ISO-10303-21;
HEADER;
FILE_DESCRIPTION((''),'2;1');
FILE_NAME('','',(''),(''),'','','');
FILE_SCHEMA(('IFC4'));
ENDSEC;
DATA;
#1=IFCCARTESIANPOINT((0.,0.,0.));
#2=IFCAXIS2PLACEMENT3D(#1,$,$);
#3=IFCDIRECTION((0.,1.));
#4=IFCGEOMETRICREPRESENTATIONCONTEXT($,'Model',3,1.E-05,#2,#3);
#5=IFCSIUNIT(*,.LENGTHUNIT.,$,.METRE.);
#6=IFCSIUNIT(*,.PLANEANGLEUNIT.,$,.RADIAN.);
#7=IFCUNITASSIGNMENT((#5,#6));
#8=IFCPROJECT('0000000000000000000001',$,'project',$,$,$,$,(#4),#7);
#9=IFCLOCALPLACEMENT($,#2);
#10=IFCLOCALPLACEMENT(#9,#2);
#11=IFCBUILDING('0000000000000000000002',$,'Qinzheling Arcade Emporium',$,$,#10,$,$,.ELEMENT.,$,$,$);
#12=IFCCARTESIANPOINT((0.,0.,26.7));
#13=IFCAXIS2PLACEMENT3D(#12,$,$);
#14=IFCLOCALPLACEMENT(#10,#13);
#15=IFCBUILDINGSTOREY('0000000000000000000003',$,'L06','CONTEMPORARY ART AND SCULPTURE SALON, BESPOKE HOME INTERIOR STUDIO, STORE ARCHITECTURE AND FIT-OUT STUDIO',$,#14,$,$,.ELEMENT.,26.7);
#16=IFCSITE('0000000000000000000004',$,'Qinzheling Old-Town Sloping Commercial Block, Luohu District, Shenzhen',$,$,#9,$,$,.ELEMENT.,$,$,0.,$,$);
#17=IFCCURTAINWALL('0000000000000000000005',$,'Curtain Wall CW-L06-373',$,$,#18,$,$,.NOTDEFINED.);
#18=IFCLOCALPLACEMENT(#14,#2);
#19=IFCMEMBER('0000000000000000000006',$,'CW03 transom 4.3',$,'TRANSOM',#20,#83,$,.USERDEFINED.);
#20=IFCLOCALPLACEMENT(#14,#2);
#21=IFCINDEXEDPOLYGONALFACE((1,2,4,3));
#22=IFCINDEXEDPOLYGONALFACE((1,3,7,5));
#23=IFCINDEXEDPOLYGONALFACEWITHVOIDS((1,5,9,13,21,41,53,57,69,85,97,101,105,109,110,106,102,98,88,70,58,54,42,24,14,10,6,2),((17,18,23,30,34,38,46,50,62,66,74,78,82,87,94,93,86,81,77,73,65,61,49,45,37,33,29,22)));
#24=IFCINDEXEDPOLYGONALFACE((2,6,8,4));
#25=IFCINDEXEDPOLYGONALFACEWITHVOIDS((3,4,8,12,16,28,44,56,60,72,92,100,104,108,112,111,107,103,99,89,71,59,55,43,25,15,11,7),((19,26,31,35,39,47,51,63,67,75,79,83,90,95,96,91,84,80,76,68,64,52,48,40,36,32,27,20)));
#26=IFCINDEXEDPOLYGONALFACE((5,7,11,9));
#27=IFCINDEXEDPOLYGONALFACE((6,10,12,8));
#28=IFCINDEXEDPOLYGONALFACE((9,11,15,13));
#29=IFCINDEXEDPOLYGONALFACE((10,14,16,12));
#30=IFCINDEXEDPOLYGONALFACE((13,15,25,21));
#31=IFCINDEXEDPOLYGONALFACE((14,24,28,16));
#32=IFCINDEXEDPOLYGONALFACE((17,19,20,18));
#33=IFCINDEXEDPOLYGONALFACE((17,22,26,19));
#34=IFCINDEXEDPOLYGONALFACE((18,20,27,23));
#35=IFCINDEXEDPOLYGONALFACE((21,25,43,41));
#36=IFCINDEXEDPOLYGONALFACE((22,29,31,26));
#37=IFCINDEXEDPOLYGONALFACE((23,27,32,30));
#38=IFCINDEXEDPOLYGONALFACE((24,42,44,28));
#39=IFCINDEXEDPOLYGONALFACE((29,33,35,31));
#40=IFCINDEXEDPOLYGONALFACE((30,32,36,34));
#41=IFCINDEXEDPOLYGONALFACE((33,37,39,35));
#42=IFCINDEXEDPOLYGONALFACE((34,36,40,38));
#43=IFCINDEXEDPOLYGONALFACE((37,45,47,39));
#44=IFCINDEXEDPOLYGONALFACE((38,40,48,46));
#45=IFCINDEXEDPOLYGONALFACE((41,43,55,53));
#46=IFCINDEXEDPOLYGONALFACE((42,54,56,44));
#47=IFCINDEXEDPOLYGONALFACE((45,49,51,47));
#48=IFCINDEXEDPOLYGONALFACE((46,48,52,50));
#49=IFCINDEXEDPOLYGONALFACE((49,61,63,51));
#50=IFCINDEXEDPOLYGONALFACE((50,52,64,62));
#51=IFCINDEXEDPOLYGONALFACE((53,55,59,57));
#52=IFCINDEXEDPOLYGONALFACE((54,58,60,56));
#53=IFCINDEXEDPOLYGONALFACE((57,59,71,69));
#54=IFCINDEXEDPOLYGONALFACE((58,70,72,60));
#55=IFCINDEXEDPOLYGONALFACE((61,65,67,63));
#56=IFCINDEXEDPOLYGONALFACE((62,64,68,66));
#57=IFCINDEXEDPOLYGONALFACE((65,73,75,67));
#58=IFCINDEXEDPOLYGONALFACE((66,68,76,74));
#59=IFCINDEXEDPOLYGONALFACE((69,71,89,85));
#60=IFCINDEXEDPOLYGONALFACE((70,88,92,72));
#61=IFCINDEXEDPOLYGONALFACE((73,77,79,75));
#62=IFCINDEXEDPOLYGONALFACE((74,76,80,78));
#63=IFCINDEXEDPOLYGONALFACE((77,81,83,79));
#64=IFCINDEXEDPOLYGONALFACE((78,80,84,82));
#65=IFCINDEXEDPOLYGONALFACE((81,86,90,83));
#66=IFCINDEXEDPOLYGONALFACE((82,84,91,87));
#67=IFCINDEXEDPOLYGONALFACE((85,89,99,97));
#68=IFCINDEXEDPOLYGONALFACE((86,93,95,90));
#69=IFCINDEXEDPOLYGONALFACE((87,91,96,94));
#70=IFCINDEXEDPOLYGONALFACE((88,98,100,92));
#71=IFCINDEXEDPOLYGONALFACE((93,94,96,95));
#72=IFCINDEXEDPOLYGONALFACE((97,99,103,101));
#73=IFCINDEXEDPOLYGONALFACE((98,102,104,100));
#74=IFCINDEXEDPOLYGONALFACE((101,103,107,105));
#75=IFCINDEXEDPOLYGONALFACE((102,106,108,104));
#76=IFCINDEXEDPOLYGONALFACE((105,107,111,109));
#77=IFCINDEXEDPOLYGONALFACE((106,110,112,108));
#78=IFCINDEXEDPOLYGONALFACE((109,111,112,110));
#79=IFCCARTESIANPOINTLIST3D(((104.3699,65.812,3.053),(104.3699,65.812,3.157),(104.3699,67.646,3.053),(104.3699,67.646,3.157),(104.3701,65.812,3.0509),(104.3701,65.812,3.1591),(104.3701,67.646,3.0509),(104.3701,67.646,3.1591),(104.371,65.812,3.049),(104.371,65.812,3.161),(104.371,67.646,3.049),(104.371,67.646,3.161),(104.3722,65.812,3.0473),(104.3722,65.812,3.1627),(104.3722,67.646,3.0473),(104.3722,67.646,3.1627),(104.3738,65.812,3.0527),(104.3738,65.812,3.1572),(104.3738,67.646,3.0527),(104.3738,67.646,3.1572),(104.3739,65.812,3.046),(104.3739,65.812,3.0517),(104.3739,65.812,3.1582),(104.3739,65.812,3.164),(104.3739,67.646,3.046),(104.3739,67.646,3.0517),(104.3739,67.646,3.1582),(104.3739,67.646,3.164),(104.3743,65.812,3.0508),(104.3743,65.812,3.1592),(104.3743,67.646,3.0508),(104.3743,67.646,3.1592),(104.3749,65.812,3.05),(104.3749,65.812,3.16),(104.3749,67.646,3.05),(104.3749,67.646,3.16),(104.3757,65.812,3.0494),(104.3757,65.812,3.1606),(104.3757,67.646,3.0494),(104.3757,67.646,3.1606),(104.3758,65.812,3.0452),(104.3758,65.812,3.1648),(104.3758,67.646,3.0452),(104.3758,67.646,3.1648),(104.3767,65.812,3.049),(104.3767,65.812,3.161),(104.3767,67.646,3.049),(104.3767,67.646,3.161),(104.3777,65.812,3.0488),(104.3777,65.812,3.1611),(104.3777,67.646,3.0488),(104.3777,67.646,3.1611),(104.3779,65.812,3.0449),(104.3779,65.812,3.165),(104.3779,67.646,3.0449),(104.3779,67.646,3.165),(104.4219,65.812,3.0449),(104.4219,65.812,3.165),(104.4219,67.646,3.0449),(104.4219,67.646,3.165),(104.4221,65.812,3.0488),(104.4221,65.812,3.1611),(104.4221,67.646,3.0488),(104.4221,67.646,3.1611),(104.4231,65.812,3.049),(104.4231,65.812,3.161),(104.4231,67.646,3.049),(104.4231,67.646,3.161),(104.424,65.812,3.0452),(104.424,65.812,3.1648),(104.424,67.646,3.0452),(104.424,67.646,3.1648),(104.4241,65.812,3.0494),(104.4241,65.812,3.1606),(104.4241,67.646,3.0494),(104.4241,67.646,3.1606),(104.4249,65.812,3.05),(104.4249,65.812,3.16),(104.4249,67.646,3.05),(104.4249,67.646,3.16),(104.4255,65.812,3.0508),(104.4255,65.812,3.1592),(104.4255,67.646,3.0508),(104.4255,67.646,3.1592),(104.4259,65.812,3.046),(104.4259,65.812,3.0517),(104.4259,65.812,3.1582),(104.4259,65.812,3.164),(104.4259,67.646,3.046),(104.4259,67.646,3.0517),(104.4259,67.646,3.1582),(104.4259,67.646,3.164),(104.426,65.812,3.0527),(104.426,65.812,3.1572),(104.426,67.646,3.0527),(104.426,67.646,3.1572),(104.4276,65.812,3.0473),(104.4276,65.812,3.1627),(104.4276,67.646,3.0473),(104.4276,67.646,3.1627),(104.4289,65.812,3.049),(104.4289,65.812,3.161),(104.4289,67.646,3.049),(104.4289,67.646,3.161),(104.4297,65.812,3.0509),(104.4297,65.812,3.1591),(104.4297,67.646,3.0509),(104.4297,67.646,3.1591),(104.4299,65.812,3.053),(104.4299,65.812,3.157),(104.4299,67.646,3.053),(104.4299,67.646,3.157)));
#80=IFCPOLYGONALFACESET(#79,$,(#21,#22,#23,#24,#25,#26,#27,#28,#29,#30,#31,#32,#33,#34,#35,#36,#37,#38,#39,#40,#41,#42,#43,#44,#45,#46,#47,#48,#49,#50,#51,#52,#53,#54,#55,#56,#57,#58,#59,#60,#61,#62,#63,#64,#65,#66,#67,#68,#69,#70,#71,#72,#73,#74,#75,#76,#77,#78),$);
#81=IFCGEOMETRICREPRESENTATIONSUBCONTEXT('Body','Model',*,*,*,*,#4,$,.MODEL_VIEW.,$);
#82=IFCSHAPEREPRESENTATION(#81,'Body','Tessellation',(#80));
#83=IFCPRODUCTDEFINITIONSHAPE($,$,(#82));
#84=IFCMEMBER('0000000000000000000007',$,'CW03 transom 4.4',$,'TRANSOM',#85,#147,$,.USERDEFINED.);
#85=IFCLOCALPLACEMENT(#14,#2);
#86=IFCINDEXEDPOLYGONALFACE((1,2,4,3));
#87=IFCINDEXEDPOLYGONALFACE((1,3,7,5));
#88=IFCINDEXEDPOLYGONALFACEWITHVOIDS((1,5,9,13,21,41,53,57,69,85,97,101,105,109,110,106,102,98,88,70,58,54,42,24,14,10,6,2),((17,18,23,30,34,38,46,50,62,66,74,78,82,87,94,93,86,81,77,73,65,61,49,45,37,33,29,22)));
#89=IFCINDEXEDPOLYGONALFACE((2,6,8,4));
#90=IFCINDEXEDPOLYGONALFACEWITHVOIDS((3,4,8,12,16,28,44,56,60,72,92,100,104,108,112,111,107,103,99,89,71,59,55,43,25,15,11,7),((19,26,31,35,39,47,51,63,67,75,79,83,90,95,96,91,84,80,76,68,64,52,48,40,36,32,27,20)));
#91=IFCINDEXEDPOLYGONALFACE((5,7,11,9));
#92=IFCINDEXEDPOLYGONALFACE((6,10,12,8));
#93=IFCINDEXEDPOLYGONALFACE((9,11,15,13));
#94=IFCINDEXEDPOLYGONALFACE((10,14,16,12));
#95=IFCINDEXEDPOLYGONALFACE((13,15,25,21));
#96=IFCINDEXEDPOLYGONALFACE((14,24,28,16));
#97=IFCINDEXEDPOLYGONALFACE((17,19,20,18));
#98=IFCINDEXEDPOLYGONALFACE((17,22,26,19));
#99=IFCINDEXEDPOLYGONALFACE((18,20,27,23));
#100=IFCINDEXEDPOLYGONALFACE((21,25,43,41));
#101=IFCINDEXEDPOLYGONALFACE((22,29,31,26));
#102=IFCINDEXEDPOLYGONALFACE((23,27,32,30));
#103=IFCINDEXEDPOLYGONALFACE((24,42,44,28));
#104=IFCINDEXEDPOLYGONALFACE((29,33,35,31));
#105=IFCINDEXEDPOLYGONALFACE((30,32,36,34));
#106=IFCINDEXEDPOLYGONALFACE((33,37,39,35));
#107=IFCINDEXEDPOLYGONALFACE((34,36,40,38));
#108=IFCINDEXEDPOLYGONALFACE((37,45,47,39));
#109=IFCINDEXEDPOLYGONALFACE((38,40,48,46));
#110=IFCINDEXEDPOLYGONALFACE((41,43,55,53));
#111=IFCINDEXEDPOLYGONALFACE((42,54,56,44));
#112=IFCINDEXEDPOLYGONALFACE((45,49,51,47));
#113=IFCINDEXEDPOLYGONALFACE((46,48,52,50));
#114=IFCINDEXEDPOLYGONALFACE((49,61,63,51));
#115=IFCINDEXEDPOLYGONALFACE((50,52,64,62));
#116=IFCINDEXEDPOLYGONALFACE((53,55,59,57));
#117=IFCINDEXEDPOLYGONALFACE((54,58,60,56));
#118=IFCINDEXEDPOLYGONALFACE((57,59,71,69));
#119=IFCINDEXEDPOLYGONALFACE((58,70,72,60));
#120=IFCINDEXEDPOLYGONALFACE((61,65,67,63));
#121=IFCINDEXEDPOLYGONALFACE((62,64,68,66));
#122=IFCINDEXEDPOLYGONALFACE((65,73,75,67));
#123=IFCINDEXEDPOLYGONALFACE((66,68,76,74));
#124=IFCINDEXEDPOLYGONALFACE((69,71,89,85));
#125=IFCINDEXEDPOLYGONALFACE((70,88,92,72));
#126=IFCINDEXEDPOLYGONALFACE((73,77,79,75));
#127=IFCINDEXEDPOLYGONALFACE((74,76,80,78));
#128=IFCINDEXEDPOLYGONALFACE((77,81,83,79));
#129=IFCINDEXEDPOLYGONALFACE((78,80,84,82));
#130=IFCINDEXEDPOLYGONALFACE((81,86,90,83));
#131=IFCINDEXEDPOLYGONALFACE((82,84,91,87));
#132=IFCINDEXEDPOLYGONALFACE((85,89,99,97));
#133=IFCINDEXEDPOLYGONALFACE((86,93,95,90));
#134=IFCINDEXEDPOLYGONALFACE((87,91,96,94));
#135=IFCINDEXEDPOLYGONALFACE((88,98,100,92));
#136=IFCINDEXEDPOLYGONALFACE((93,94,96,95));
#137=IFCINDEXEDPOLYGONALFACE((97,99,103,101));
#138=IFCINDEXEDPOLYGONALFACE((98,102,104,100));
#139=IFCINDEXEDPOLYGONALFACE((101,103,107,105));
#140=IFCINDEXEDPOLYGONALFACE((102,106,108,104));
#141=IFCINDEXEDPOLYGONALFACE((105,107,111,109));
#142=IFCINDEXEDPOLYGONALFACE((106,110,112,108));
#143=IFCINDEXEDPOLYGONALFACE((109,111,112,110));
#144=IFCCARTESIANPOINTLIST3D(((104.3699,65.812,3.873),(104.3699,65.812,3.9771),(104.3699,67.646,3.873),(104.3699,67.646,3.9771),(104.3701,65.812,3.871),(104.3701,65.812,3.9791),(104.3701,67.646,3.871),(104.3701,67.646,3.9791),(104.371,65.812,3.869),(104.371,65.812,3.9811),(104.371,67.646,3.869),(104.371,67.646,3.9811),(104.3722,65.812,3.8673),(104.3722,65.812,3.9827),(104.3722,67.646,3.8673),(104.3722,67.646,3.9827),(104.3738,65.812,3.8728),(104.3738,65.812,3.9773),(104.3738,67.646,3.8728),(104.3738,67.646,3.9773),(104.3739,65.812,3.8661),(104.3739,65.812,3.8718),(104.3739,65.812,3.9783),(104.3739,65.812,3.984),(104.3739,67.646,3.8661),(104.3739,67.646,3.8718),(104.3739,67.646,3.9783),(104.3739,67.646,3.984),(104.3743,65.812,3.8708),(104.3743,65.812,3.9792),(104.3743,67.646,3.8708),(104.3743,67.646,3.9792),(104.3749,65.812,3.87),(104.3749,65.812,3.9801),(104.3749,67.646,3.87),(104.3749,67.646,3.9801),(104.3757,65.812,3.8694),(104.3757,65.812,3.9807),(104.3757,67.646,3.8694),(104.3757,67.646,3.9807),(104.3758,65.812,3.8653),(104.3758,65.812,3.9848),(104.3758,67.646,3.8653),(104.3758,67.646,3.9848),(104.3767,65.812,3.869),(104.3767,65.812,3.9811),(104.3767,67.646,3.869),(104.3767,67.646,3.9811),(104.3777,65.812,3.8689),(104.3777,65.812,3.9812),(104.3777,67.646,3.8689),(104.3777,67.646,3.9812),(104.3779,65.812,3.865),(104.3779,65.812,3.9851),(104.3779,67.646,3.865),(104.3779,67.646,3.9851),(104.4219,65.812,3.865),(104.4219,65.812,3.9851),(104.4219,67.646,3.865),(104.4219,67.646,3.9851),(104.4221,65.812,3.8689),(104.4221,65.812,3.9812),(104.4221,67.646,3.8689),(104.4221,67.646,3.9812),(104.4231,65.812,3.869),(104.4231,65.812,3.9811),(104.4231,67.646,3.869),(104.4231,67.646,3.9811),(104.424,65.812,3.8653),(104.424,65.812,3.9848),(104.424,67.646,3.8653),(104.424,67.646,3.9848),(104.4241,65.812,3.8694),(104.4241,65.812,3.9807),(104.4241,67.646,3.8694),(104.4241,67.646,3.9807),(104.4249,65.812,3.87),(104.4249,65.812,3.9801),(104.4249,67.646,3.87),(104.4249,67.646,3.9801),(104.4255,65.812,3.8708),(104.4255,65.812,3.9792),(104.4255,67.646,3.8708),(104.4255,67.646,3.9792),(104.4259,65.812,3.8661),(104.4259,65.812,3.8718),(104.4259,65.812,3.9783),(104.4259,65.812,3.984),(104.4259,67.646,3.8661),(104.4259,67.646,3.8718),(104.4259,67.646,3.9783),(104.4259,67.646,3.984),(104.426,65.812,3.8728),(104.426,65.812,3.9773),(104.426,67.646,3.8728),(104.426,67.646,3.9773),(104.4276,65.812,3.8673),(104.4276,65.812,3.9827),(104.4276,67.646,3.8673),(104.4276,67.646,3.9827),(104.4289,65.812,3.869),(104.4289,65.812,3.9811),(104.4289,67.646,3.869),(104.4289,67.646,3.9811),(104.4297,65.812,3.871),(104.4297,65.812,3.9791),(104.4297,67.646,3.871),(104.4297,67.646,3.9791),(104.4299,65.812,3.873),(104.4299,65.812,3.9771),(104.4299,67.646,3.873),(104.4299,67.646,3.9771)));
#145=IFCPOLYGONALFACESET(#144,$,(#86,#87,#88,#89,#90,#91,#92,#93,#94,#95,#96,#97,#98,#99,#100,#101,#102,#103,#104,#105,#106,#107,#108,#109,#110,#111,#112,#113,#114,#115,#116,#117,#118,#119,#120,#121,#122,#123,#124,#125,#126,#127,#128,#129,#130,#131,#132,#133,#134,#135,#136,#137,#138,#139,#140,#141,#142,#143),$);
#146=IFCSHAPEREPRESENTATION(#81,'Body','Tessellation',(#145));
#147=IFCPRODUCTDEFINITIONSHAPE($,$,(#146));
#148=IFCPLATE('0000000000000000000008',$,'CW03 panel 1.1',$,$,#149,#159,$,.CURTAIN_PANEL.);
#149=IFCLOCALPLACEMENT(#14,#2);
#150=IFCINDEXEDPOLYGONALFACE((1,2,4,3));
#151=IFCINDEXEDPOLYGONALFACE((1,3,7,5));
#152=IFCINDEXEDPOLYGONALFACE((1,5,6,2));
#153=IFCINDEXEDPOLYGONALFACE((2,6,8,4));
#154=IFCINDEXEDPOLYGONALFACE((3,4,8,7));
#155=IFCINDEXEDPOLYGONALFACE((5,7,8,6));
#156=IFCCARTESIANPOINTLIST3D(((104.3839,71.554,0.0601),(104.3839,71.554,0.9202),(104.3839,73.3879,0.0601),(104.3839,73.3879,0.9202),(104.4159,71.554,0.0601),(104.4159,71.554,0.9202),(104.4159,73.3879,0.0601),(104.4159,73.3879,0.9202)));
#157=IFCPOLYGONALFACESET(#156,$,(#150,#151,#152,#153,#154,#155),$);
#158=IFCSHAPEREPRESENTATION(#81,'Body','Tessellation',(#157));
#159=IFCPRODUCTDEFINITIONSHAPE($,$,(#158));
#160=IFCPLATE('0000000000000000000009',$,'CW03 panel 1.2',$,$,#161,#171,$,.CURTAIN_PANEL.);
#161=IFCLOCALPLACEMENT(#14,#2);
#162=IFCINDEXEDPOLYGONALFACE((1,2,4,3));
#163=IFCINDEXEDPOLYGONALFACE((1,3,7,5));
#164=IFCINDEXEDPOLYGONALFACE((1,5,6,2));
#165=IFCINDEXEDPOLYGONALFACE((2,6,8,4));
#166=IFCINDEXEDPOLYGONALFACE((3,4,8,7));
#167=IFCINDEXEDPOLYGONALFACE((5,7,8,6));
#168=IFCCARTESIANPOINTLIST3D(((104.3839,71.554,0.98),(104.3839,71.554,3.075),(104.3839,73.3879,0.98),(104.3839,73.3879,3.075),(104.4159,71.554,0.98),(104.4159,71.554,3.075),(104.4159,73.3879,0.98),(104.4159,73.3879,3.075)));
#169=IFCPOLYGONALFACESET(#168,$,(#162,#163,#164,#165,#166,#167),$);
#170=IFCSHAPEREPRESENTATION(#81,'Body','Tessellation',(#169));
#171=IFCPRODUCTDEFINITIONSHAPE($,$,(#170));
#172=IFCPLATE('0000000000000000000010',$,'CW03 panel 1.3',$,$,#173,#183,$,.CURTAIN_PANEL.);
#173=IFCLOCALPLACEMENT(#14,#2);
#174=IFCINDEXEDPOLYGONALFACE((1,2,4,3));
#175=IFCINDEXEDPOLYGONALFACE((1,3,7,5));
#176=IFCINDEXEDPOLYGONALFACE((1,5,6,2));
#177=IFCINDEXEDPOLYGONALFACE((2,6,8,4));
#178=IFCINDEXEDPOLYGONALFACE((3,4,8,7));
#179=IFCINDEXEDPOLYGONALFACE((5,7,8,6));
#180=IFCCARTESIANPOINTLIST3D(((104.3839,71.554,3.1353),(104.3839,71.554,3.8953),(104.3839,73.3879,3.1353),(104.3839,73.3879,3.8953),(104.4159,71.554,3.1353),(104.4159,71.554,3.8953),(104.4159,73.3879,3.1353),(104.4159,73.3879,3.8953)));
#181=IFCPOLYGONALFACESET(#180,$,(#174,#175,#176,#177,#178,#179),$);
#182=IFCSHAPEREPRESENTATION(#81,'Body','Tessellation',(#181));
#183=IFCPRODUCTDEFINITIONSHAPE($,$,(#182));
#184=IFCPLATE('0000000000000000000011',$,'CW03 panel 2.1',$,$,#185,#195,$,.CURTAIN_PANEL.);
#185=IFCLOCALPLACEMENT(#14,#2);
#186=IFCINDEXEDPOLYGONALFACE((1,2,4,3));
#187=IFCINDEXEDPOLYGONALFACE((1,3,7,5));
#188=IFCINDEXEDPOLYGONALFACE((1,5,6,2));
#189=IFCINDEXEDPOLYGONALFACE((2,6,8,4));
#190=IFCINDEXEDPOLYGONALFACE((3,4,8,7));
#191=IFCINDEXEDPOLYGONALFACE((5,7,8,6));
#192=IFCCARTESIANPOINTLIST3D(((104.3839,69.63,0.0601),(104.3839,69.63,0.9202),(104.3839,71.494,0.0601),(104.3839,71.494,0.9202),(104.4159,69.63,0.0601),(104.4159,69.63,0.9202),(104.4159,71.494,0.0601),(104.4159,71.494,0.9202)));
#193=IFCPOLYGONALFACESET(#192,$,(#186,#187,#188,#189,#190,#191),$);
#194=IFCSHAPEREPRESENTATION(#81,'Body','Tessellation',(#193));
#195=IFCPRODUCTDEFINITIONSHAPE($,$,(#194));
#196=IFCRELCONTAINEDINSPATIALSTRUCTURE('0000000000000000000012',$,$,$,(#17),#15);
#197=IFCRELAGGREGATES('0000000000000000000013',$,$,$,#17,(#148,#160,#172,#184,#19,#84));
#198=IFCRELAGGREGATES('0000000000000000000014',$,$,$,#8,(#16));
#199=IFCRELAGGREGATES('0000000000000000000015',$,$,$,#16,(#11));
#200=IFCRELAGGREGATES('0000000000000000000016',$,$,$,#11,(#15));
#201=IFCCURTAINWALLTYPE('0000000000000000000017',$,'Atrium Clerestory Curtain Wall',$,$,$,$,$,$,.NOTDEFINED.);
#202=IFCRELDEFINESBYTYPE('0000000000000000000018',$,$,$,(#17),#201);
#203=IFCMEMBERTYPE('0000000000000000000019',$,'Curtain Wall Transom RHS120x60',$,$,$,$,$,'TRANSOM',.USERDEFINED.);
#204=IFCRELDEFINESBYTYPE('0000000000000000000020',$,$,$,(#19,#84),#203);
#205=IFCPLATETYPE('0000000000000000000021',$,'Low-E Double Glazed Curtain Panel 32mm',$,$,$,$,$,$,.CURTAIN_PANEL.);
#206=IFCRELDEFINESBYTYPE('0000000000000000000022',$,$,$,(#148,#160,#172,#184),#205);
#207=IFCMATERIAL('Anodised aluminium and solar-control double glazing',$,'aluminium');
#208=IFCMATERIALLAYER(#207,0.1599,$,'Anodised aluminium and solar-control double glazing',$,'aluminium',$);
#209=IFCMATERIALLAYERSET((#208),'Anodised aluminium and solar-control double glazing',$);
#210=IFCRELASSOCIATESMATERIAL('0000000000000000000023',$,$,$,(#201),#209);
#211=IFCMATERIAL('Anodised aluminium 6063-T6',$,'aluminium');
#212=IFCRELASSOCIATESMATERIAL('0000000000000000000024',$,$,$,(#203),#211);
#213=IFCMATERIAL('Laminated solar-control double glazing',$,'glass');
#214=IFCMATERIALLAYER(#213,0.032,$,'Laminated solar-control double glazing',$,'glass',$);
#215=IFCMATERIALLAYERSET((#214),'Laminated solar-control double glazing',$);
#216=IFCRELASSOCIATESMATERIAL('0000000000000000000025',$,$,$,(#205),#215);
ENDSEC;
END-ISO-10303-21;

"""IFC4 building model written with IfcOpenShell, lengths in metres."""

from ifc_helpers import new_model, si_unit, direction, frame, origin, origin_2d, place, context, subcontext, project, spatial, rectangle, hollow_rectangle, extrude, material, layer, layer_set, material_profile, profile_set, type_object, element, aggregate, save


model = new_model("IFC4")

# Units and contexts
model_context = context("Model", 3, precision=1e-05, world=origin(), true_north=direction((0.0, 1.0)))
body_context = subcontext(model_context, "Body", "Model", "MODEL_VIEW")
ifc_project = project(units=[si_unit("LENGTHUNIT", "METRE"), si_unit("PLANEANGLEUNIT", "RADIAN")], contexts=[model_context])

# Site, building, storey
site_placement = place(None, origin())
site = spatial("IfcSite", under=ifc_project, at=site_placement, Name="Qinzheling Old-Town Sloping Commercial Block, Luohu District, Shenzhen", CompositionType="ELEMENT", RefElevation=0.0)
building_placement = place(site_placement, origin())
building = spatial("IfcBuilding", under=site, at=building_placement, Name="Qinzheling Arcade Emporium", CompositionType="ELEMENT")
storey_placement = place(building_placement, frame((0.0, 0.0, 26.7)))
storey = spatial("IfcBuildingStorey", under=building, at=storey_placement, Name="L06", Description="CONTEMPORARY ART AND SCULPTURE SALON, BESPOKE HOME INTERIOR STUDIO, STORE ARCHITECTURE AND FIT-OUT STUDIO", CompositionType="ELEMENT", Elevation=26.7)

# Curtain wall, members, plates
ifc_material_1 = material(Name="Anodised aluminium and solar-control double glazing", Category="aluminium")
ifc_layer_1 = layer(ifc_material_1, 0.1599, Name="Anodised aluminium and solar-control double glazing", Category="aluminium")
ifc_layer_set_1 = layer_set([ifc_layer_1], Name="Anodised aluminium and solar-control double glazing")
curtain_wall_type = type_object("IfcCurtainWallType", Name="Atrium Clerestory Curtain Wall", PredefinedType="NOTDEFINED", material=ifc_layer_set_1)
curtain_wall_placement = place(storey_placement, origin())
curtain_wall = element("IfcCurtainWall", 1, at=curtain_wall_placement, inside=storey, type_object=curtain_wall_type, Name="Curtain Wall CW-L06-373", PredefinedType="NOTDEFINED")
ifc_material_2 = material(Name="Anodised aluminium 6063-T6", Category="aluminium")
ifc_material_profile_1 = material_profile(ifc_material_2, hollow_rectangle(XDim=0.0601, YDim=0.1201, WallThickness=0.0039, InnerFilletRadius=0.0039, OuterFilletRadius=0.0081, at=origin_2d()), Name="RHS 120x60x4", Category="aluminium")
ifc_profile_set_1 = profile_set([ifc_material_profile_1], Name="Anodised aluminium 6063-T6")
member_type_1 = type_object("IfcMemberType", Name="Curtain Wall Transom RHS120x60", ElementType="TRANSOM", PredefinedType="USERDEFINED", material=ifc_profile_set_1)
member_1_placement = place(storey_placement, frame((104.3999, 67.646, 3.105), z_axis=(0.0, -1.0, 0.0), x_axis=(1.0, 0.0, 0.0)))
member_1 = element("IfcMember", 2, at=member_1_placement, type_object=member_type_1, Name="CW03 transom 4.3", ObjectType="TRANSOM", PredefinedType="USERDEFINED", context=body_context, shape_type="SweptSolid", body=[
    extrude(hollow_rectangle(XDim=0.0601, YDim=0.1201, WallThickness=0.0039, InnerFilletRadius=0.0039, OuterFilletRadius=0.0081, at=origin_2d()), origin(), (0.0, 0.0, 1.0), 1.834),
])
member_2_placement = place(storey_placement, frame((104.3999, 67.646, 3.925), z_axis=(0.0, -1.0, 0.0), x_axis=(1.0, 0.0, 0.0)))
member_2 = element("IfcMember", 3, at=member_2_placement, type_object=member_type_1, Name="CW03 transom 4.4", ObjectType="TRANSOM", PredefinedType="USERDEFINED", context=body_context, shape_type="SweptSolid", body=[
    extrude(hollow_rectangle(XDim=0.0601, YDim=0.1201, WallThickness=0.0039, InnerFilletRadius=0.0039, OuterFilletRadius=0.0081, at=origin_2d()), origin(), (0.0, 0.0, 1.0), 1.834),
])
ifc_material_3 = material(Name="Laminated solar-control double glazing", Category="glass")
ifc_layer_2 = layer(ifc_material_3, 0.032, Name="Laminated solar-control double glazing", Category="glass")
ifc_layer_set_2 = layer_set([ifc_layer_2], Name="Laminated solar-control double glazing")
plate_type = type_object("IfcPlateType", Name="Low-E Double Glazed Curtain Panel 32mm", PredefinedType="CURTAIN_PANEL", material=ifc_layer_set_2)
plate_1_placement = place(storey_placement, frame((104.3999, 72.4709, 0.0601), z_axis=(0.0, 0.0, 1.0), x_axis=(0.0, -1.0, 0.0)))
plate_1 = element("IfcPlate", 4, at=plate_1_placement, type_object=plate_type, Name="CW03 panel 1.1", PredefinedType="CURTAIN_PANEL", context=body_context, shape_type="SweptSolid", body=[
    extrude(rectangle(XDim=1.834, YDim=0.032, at=origin_2d()), origin(), (0.0, 0.0, 1.0), 0.8601),
])
plate_2_placement = place(storey_placement, frame((104.3999, 72.4709, 0.98), z_axis=(0.0, 0.0, 1.0), x_axis=(0.0, -1.0, 0.0)))
plate_2 = element("IfcPlate", 5, at=plate_2_placement, type_object=plate_type, Name="CW03 panel 1.2", PredefinedType="CURTAIN_PANEL", context=body_context, shape_type="SweptSolid", body=[
    extrude(rectangle(XDim=1.834, YDim=0.032, at=origin_2d()), origin(), (0.0, 0.0, 1.0), 2.095),
])
plate_3_placement = place(storey_placement, frame((104.3999, 72.4709, 3.1353), z_axis=(0.0, 0.0, 1.0), x_axis=(0.0, -1.0, 0.0)))
plate_3 = element("IfcPlate", 6, at=plate_3_placement, type_object=plate_type, Name="CW03 panel 1.3", PredefinedType="CURTAIN_PANEL", context=body_context, shape_type="SweptSolid", body=[
    extrude(rectangle(XDim=1.834, YDim=0.032, at=origin_2d()), origin(), (0.0, 0.0, 1.0), 0.76),
])
plate_4_placement = place(storey_placement, frame((104.3999, 70.562, 0.0601), z_axis=(0.0, 0.0, 1.0), x_axis=(0.0, -1.0, 0.0)))
plate_4 = element("IfcPlate", 7, at=plate_4_placement, type_object=plate_type, Name="CW03 panel 2.1", PredefinedType="CURTAIN_PANEL", context=body_context, shape_type="SweptSolid", body=[
    extrude(rectangle(XDim=1.864, YDim=0.032, at=origin_2d()), origin(), (0.0, 0.0, 1.0), 0.8601),
])
aggregate(curtain_wall, [plate_1, plate_2, plate_3, plate_4, member_1, member_2])

save(model, "model.ifc")
